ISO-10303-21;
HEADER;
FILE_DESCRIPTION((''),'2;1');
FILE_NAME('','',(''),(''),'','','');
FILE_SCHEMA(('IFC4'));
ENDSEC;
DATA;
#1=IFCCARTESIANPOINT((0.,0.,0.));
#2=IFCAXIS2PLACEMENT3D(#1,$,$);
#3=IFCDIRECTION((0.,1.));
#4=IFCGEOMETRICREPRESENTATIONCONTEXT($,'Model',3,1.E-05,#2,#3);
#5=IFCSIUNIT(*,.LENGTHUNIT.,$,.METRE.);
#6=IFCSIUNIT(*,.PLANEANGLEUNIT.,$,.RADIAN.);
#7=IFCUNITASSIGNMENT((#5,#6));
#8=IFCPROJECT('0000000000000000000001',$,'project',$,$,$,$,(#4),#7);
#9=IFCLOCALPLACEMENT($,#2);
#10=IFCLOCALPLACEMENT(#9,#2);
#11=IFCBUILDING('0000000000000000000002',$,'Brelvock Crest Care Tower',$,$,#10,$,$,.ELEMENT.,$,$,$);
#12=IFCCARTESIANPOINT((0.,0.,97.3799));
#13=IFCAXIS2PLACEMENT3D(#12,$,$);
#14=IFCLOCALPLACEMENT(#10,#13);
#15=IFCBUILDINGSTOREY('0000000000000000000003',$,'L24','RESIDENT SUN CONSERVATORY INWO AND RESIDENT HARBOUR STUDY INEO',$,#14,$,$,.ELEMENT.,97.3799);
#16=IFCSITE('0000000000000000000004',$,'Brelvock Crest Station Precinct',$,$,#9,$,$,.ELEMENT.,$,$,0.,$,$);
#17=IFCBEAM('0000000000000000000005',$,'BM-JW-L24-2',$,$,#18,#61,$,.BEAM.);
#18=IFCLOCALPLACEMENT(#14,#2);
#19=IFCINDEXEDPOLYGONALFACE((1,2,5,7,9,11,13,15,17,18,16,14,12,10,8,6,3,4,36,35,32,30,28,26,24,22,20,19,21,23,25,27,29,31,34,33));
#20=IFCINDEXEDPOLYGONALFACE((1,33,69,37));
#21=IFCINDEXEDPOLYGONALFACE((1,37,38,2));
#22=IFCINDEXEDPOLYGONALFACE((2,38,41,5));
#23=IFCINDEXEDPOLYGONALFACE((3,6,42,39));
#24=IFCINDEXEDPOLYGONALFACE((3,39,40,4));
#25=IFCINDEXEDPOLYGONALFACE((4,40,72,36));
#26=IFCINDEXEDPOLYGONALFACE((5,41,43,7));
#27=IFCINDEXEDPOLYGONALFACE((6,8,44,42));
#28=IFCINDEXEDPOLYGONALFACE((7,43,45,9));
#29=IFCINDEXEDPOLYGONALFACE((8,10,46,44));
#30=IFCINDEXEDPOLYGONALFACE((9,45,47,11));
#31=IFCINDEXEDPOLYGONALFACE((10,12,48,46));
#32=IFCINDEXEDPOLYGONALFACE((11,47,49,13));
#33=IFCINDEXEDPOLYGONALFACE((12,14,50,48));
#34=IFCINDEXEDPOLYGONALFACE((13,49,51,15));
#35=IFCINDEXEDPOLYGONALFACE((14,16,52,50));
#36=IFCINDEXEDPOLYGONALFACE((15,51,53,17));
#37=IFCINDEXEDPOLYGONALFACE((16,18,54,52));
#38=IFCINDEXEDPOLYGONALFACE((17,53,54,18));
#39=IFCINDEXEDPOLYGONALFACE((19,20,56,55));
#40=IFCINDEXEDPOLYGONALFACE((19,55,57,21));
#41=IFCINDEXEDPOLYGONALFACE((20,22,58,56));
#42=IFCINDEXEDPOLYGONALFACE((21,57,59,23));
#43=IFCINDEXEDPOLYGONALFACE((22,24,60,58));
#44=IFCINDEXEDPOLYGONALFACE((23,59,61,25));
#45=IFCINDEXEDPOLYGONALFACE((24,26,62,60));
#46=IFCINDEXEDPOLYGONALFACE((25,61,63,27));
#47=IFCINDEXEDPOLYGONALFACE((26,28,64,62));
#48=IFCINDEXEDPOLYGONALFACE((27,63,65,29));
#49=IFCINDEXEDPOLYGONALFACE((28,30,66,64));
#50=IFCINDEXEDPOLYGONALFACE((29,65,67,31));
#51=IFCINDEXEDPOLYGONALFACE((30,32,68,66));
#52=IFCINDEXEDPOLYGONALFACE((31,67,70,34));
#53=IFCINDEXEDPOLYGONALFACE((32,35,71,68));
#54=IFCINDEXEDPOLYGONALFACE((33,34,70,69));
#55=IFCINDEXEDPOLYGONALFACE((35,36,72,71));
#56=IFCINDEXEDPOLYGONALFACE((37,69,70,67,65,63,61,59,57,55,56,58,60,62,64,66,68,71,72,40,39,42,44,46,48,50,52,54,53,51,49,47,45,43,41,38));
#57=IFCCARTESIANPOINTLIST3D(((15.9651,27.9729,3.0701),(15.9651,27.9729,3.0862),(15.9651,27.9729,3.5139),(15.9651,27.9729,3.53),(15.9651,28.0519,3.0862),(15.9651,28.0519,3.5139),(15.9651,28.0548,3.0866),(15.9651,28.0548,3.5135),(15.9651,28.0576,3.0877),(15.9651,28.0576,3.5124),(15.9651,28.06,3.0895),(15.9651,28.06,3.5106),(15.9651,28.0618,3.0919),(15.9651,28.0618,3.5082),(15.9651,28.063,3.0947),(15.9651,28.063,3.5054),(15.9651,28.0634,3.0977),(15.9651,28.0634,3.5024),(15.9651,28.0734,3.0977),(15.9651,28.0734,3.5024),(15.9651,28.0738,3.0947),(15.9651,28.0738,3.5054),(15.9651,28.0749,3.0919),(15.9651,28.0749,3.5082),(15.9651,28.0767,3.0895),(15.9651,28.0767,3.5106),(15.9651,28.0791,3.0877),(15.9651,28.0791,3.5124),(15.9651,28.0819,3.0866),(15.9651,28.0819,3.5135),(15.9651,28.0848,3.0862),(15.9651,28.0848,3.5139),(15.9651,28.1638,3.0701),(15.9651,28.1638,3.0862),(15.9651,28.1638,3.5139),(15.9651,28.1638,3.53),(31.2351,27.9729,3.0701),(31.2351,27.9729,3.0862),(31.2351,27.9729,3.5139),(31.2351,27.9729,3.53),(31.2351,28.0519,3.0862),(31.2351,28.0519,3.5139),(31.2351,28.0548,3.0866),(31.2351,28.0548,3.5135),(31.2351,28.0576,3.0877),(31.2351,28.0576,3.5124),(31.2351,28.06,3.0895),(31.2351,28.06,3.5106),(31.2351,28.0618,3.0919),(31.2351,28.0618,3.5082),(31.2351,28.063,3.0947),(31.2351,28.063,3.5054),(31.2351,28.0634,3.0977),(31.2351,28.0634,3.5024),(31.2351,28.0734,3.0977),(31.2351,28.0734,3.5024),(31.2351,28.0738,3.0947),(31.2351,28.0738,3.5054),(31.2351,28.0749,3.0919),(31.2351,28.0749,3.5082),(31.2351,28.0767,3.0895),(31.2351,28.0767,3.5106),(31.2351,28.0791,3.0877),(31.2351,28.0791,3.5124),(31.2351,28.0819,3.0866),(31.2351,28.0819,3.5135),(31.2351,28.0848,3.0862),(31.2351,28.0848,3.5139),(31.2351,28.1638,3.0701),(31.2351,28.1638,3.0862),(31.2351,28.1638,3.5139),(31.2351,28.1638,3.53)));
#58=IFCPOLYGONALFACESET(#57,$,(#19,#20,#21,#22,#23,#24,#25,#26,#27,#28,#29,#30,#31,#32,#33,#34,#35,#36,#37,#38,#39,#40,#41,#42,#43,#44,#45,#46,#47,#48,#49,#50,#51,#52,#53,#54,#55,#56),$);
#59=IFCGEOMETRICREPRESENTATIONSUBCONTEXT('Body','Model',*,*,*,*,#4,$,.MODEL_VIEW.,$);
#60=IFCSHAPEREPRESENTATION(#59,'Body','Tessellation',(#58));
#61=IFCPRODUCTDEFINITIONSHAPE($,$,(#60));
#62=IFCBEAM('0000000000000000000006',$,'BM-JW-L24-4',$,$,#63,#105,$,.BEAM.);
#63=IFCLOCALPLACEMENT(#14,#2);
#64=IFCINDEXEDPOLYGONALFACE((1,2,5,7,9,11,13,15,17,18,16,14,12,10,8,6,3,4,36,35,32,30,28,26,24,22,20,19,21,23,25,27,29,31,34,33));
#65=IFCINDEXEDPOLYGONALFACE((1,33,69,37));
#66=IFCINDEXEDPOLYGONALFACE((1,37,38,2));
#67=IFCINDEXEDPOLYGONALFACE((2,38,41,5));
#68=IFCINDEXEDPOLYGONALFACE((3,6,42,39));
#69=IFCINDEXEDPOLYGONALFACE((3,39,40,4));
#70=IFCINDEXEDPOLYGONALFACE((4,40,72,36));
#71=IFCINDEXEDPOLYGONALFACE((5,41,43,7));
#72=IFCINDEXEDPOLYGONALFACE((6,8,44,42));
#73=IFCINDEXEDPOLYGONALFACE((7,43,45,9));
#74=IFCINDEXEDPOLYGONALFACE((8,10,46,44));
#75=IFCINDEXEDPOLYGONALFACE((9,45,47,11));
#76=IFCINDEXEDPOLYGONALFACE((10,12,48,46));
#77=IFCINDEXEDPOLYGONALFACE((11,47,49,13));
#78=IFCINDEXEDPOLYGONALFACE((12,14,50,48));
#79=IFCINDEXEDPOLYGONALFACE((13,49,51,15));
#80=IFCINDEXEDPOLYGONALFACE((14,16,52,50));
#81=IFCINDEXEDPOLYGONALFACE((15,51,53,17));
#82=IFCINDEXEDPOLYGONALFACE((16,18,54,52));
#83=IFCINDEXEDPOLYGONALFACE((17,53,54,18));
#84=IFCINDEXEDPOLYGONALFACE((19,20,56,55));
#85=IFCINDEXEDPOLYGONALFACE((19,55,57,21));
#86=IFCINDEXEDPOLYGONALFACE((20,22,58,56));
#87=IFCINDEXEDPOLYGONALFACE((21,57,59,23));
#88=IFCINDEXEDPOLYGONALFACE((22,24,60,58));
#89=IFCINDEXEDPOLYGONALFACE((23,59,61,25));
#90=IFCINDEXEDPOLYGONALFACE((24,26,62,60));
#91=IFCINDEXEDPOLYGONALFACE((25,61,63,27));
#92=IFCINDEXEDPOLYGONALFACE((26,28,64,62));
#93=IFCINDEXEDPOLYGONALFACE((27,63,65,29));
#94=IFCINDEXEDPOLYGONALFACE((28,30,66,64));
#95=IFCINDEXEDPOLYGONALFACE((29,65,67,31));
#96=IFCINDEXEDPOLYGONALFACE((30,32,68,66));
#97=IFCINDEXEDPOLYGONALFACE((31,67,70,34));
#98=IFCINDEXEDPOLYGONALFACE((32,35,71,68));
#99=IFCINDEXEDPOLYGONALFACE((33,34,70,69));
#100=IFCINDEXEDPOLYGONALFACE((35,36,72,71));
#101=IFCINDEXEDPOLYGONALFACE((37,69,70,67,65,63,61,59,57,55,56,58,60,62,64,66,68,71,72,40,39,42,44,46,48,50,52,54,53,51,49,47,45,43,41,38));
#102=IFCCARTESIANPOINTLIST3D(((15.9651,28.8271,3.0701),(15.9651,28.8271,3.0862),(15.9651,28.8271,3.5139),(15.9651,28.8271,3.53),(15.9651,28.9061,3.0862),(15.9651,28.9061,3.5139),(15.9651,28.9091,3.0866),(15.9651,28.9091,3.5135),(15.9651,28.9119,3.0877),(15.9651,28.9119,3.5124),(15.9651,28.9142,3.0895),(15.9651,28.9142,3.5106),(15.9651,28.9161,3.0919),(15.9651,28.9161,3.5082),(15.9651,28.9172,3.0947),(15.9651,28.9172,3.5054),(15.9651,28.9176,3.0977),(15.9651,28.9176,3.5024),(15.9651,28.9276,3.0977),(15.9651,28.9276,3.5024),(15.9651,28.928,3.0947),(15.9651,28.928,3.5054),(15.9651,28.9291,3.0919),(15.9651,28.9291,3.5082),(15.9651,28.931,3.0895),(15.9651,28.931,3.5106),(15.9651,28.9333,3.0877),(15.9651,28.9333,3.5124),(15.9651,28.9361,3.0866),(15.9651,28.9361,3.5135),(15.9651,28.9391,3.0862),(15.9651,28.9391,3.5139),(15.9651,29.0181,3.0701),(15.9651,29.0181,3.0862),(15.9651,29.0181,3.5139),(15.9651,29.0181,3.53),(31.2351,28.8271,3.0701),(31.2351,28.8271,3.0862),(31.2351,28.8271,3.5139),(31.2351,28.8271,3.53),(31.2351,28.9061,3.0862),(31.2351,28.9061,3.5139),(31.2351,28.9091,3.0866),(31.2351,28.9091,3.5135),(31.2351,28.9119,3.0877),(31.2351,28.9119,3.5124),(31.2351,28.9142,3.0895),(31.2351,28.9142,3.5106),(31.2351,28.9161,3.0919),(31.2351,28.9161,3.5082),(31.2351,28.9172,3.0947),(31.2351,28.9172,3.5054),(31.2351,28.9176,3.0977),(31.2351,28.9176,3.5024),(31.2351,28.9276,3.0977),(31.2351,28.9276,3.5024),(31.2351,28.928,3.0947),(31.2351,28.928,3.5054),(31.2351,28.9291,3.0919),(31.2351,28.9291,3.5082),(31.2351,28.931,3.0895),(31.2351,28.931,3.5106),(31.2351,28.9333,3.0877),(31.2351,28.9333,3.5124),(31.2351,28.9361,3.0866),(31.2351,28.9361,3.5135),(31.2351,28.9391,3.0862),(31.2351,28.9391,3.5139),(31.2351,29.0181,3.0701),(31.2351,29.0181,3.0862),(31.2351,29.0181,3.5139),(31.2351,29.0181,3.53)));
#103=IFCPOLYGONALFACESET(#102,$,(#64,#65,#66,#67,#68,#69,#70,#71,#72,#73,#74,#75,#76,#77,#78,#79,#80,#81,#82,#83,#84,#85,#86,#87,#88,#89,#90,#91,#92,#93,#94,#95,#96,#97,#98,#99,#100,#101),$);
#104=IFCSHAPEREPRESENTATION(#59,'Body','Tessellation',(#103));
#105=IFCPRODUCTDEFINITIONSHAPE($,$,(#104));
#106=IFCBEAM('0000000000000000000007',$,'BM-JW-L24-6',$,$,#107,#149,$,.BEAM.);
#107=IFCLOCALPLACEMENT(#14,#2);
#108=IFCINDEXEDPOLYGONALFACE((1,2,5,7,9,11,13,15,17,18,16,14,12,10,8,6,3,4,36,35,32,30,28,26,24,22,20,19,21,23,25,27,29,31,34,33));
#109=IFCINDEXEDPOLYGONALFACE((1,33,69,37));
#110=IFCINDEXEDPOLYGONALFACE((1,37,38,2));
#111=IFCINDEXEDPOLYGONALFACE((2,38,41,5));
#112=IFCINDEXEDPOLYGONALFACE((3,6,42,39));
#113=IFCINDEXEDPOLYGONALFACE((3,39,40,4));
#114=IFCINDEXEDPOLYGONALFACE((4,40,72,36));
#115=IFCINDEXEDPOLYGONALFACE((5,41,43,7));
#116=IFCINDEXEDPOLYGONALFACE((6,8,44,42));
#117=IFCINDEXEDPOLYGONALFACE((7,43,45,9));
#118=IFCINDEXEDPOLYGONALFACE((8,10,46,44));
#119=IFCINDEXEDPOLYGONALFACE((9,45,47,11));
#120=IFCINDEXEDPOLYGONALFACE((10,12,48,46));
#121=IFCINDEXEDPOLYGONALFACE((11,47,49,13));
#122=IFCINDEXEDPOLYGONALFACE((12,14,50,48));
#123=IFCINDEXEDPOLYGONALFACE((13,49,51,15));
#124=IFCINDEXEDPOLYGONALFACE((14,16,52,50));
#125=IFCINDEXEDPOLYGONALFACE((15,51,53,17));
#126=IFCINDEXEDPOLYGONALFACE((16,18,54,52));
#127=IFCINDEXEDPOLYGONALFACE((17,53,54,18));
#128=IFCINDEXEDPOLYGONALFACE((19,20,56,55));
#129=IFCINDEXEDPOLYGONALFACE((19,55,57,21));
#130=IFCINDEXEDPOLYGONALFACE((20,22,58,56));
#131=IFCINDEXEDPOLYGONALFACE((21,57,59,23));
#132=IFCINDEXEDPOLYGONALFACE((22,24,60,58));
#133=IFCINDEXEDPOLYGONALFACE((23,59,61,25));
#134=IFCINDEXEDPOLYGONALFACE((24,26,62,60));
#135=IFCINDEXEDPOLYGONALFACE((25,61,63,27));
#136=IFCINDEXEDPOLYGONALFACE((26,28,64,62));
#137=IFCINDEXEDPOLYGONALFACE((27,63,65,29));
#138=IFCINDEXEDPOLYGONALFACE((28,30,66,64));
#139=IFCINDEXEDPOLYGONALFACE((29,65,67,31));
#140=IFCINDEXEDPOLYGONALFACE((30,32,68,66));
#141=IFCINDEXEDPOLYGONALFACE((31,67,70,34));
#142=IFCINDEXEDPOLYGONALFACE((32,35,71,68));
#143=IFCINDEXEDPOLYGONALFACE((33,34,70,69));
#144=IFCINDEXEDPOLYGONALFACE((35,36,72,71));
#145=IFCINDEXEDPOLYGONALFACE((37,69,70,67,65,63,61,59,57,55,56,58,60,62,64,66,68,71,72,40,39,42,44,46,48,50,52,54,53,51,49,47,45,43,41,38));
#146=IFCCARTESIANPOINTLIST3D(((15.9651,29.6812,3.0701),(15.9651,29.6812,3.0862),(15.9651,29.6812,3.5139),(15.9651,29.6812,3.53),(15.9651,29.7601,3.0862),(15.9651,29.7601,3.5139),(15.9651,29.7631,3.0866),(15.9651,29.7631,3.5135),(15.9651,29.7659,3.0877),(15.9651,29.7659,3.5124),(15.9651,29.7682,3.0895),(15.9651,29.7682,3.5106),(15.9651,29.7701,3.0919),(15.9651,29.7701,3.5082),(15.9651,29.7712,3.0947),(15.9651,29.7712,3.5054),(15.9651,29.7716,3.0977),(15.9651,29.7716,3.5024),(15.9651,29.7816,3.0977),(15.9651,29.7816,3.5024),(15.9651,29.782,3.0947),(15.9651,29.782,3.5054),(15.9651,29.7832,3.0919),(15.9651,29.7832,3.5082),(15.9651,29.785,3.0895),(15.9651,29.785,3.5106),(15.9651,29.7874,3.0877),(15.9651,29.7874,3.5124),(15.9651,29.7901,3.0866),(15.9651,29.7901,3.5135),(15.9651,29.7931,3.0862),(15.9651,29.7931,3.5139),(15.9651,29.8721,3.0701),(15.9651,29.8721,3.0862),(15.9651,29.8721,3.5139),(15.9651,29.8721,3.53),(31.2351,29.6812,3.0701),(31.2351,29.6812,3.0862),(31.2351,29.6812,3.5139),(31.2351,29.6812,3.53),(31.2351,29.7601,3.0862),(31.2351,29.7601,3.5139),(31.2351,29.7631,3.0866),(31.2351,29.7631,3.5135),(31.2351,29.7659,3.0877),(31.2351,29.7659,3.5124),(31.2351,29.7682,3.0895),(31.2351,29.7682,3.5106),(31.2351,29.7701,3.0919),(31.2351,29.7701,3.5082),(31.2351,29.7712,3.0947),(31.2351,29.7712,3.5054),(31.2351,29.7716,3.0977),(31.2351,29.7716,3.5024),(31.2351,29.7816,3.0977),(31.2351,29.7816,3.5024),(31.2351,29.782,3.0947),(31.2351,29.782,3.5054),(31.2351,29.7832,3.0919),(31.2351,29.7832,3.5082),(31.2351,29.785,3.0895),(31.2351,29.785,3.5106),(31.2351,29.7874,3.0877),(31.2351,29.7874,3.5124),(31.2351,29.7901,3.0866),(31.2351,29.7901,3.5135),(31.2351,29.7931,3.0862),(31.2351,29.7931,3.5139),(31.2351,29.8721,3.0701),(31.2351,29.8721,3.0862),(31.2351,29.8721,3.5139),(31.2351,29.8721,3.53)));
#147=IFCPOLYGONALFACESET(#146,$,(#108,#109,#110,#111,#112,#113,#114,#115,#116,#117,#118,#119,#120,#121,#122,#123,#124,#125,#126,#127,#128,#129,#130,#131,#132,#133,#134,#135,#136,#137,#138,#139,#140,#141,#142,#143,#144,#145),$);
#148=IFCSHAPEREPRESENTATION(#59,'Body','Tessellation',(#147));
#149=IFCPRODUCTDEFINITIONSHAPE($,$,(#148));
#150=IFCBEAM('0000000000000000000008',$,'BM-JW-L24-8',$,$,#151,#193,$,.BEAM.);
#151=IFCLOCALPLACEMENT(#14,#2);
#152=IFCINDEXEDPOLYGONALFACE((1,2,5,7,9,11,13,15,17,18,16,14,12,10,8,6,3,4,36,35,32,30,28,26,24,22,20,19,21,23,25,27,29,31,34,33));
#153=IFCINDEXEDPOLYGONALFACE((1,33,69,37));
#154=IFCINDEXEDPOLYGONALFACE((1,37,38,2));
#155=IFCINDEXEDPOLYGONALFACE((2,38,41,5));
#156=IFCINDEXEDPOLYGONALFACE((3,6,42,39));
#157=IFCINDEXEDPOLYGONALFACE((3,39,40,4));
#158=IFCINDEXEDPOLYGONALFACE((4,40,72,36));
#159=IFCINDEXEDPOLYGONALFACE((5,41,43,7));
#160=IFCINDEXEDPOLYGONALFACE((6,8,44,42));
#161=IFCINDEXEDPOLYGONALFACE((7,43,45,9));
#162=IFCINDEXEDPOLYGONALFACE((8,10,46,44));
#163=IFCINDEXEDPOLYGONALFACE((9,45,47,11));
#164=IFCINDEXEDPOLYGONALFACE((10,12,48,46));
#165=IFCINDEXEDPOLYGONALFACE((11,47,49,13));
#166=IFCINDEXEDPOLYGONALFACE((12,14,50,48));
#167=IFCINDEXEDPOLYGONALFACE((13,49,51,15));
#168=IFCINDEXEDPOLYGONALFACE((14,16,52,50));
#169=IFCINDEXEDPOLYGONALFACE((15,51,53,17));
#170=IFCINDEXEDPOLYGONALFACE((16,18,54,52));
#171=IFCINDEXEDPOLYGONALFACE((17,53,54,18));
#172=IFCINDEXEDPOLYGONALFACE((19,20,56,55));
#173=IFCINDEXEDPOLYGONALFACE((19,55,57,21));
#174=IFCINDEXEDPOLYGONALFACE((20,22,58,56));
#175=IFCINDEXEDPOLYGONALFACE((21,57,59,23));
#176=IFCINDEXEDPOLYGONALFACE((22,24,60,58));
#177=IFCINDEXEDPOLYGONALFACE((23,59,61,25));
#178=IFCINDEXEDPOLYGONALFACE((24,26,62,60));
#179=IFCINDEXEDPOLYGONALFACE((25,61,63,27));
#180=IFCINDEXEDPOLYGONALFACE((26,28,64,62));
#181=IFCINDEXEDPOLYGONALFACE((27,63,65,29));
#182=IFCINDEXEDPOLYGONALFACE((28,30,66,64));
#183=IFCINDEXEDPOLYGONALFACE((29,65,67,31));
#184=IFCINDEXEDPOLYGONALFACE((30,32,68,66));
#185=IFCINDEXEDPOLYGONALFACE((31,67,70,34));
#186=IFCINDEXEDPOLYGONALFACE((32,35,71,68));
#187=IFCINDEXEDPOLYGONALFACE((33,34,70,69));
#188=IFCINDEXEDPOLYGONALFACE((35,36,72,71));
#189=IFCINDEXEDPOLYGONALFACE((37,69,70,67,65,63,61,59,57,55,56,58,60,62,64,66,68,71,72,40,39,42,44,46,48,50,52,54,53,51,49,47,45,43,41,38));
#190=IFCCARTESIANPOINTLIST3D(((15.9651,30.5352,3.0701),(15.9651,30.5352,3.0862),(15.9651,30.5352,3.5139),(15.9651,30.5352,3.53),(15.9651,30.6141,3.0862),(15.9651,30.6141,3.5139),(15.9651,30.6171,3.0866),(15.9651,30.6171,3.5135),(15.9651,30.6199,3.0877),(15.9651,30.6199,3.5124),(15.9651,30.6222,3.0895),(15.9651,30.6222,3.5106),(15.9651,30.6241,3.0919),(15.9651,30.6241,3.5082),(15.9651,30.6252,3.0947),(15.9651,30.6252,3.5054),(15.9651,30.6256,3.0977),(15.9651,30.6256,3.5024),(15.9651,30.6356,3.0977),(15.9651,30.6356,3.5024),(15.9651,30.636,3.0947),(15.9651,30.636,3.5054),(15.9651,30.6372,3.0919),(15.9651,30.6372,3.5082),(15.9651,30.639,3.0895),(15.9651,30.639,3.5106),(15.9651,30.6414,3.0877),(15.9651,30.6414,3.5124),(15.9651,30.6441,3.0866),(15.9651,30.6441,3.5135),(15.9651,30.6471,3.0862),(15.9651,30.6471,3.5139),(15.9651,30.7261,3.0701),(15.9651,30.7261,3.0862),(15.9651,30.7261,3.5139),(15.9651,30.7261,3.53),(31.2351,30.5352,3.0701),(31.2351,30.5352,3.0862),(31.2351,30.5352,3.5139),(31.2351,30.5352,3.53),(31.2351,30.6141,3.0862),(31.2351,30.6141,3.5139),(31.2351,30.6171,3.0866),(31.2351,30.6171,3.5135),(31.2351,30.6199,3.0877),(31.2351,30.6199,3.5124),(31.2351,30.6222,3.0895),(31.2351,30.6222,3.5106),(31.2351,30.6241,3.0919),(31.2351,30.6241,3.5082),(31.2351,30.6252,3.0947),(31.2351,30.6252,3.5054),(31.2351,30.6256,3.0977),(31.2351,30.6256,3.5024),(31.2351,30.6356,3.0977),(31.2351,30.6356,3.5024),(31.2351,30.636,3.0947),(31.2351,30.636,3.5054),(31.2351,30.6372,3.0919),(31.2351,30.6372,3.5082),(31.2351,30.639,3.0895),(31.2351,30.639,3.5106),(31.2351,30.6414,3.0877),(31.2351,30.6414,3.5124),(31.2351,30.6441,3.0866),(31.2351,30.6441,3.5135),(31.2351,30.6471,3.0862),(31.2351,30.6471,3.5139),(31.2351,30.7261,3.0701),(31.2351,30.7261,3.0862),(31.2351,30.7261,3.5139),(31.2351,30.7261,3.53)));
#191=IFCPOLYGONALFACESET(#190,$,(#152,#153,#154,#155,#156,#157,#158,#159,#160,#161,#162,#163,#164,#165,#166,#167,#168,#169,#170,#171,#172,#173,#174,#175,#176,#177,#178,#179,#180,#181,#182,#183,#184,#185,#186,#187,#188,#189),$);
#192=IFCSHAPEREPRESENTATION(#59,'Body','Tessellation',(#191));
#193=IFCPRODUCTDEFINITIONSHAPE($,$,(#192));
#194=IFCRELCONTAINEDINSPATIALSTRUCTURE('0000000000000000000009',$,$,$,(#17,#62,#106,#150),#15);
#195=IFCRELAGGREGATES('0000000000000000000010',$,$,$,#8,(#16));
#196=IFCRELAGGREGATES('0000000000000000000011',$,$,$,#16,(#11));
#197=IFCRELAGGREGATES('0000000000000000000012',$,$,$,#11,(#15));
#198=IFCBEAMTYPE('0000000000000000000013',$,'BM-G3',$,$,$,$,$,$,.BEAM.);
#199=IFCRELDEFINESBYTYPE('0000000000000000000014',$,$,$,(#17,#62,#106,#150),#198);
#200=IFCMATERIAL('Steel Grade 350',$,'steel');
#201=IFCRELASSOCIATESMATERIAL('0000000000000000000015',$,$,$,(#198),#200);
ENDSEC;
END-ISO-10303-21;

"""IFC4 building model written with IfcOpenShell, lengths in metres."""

from ifc_helpers import new_model, si_unit, direction, frame, origin, origin_2d, place, context, subcontext, project, spatial, i_section, extrude, source, transform, mapped, material, material_profile, profile_set, type_object, element, save


model = new_model("IFC4")

# Units and contexts
model_context = context("Model", 3, precision=1e-05, world=origin(), true_north=direction((0.0, 1.0)))
body_context = subcontext(model_context, "Body", "Model", "MODEL_VIEW")
ifc_project = project(units=[si_unit("LENGTHUNIT", "METRE"), si_unit("PLANEANGLEUNIT", "RADIAN")], contexts=[model_context])

# Site, building, storey
site_placement = place(None, origin())
site = spatial("IfcSite", under=ifc_project, at=site_placement, Name="Brelvock Crest Station Precinct", CompositionType="ELEMENT", RefElevation=0.0)
building_placement = place(site_placement, origin())
building = spatial("IfcBuilding", under=site, at=building_placement, Name="Brelvock Crest Care Tower", CompositionType="ELEMENT")
storey_placement = place(building_placement, frame((0.0, 0.0, 97.3799)))
storey = spatial("IfcBuildingStorey", under=building, at=storey_placement, Name="L24", Description="RESIDENT SUN CONSERVATORY INWO AND RESIDENT HARBOUR STUDY INEO", CompositionType="ELEMENT", Elevation=97.3799)

# Shared definitions
ifc_material_1 = material(Name="Steel Grade 350", Category="steel")

# Beams
ifc_material_profile_1 = material_profile(ifc_material_1, i_section(OverallWidth=0.1909, OverallDepth=0.46, WebThickness=0.01, FlangeThickness=0.0161, FilletRadius=0.0115, at=origin_2d()), Name="460UB82.1")
ifc_profile_set_1 = profile_set([ifc_material_profile_1], Name="Steel Grade 350")
beam_type_1 = type_object("IfcBeamType", Name="BM-G3", PredefinedType="BEAM", material=ifc_profile_set_1)
shared_shape_1 = source(origin(), body_context, "Body", "SweptSolid", [
    extrude(i_section(OverallWidth=0.1909, OverallDepth=0.46, WebThickness=0.01, FlangeThickness=0.0161, FilletRadius=0.0115, at=origin_2d()), origin(), (0.0, 0.0, 1.0), 15.27),
])
for number, where, z_axis, x_axis, name in (
    (1, (15.9651, 28.0684, 3.3), (1.0, 0.0, 0.0), (0.0, 1.0, 0.0), "BM-JW-L24-2"),
    (2, (15.9651, 28.9226, 3.3), (1.0, 0.0, 0.0), (0.0, 1.0, 0.0), "BM-JW-L24-4"),
    (3, (15.9651, 29.7766, 3.3), (1.0, 0.0, 0.0), (0.0, 1.0, 0.0), "BM-JW-L24-6"),
    (4, (15.9651, 30.6306, 3.3), (1.0, 0.0, 0.0), (0.0, 1.0, 0.0), "BM-JW-L24-8"),
):
    element("IfcBeam", number, at=place(storey_placement, frame(where, z_axis=z_axis, x_axis=x_axis)), inside=storey, type_object=beam_type_1, Name=name, PredefinedType="BEAM", context=body_context, shape_type="MappedRepresentation", body=[
        mapped(shared_shape_1, transform((0.0, 0.0, 0.0), x_axis=(1.0, 0.0, 0.0), y_axis=(0.0, 1.0, 0.0), z_axis=(0.0, 0.0, 1.0), scale=1.0)),
    ])

save(model, "model.ifc")
